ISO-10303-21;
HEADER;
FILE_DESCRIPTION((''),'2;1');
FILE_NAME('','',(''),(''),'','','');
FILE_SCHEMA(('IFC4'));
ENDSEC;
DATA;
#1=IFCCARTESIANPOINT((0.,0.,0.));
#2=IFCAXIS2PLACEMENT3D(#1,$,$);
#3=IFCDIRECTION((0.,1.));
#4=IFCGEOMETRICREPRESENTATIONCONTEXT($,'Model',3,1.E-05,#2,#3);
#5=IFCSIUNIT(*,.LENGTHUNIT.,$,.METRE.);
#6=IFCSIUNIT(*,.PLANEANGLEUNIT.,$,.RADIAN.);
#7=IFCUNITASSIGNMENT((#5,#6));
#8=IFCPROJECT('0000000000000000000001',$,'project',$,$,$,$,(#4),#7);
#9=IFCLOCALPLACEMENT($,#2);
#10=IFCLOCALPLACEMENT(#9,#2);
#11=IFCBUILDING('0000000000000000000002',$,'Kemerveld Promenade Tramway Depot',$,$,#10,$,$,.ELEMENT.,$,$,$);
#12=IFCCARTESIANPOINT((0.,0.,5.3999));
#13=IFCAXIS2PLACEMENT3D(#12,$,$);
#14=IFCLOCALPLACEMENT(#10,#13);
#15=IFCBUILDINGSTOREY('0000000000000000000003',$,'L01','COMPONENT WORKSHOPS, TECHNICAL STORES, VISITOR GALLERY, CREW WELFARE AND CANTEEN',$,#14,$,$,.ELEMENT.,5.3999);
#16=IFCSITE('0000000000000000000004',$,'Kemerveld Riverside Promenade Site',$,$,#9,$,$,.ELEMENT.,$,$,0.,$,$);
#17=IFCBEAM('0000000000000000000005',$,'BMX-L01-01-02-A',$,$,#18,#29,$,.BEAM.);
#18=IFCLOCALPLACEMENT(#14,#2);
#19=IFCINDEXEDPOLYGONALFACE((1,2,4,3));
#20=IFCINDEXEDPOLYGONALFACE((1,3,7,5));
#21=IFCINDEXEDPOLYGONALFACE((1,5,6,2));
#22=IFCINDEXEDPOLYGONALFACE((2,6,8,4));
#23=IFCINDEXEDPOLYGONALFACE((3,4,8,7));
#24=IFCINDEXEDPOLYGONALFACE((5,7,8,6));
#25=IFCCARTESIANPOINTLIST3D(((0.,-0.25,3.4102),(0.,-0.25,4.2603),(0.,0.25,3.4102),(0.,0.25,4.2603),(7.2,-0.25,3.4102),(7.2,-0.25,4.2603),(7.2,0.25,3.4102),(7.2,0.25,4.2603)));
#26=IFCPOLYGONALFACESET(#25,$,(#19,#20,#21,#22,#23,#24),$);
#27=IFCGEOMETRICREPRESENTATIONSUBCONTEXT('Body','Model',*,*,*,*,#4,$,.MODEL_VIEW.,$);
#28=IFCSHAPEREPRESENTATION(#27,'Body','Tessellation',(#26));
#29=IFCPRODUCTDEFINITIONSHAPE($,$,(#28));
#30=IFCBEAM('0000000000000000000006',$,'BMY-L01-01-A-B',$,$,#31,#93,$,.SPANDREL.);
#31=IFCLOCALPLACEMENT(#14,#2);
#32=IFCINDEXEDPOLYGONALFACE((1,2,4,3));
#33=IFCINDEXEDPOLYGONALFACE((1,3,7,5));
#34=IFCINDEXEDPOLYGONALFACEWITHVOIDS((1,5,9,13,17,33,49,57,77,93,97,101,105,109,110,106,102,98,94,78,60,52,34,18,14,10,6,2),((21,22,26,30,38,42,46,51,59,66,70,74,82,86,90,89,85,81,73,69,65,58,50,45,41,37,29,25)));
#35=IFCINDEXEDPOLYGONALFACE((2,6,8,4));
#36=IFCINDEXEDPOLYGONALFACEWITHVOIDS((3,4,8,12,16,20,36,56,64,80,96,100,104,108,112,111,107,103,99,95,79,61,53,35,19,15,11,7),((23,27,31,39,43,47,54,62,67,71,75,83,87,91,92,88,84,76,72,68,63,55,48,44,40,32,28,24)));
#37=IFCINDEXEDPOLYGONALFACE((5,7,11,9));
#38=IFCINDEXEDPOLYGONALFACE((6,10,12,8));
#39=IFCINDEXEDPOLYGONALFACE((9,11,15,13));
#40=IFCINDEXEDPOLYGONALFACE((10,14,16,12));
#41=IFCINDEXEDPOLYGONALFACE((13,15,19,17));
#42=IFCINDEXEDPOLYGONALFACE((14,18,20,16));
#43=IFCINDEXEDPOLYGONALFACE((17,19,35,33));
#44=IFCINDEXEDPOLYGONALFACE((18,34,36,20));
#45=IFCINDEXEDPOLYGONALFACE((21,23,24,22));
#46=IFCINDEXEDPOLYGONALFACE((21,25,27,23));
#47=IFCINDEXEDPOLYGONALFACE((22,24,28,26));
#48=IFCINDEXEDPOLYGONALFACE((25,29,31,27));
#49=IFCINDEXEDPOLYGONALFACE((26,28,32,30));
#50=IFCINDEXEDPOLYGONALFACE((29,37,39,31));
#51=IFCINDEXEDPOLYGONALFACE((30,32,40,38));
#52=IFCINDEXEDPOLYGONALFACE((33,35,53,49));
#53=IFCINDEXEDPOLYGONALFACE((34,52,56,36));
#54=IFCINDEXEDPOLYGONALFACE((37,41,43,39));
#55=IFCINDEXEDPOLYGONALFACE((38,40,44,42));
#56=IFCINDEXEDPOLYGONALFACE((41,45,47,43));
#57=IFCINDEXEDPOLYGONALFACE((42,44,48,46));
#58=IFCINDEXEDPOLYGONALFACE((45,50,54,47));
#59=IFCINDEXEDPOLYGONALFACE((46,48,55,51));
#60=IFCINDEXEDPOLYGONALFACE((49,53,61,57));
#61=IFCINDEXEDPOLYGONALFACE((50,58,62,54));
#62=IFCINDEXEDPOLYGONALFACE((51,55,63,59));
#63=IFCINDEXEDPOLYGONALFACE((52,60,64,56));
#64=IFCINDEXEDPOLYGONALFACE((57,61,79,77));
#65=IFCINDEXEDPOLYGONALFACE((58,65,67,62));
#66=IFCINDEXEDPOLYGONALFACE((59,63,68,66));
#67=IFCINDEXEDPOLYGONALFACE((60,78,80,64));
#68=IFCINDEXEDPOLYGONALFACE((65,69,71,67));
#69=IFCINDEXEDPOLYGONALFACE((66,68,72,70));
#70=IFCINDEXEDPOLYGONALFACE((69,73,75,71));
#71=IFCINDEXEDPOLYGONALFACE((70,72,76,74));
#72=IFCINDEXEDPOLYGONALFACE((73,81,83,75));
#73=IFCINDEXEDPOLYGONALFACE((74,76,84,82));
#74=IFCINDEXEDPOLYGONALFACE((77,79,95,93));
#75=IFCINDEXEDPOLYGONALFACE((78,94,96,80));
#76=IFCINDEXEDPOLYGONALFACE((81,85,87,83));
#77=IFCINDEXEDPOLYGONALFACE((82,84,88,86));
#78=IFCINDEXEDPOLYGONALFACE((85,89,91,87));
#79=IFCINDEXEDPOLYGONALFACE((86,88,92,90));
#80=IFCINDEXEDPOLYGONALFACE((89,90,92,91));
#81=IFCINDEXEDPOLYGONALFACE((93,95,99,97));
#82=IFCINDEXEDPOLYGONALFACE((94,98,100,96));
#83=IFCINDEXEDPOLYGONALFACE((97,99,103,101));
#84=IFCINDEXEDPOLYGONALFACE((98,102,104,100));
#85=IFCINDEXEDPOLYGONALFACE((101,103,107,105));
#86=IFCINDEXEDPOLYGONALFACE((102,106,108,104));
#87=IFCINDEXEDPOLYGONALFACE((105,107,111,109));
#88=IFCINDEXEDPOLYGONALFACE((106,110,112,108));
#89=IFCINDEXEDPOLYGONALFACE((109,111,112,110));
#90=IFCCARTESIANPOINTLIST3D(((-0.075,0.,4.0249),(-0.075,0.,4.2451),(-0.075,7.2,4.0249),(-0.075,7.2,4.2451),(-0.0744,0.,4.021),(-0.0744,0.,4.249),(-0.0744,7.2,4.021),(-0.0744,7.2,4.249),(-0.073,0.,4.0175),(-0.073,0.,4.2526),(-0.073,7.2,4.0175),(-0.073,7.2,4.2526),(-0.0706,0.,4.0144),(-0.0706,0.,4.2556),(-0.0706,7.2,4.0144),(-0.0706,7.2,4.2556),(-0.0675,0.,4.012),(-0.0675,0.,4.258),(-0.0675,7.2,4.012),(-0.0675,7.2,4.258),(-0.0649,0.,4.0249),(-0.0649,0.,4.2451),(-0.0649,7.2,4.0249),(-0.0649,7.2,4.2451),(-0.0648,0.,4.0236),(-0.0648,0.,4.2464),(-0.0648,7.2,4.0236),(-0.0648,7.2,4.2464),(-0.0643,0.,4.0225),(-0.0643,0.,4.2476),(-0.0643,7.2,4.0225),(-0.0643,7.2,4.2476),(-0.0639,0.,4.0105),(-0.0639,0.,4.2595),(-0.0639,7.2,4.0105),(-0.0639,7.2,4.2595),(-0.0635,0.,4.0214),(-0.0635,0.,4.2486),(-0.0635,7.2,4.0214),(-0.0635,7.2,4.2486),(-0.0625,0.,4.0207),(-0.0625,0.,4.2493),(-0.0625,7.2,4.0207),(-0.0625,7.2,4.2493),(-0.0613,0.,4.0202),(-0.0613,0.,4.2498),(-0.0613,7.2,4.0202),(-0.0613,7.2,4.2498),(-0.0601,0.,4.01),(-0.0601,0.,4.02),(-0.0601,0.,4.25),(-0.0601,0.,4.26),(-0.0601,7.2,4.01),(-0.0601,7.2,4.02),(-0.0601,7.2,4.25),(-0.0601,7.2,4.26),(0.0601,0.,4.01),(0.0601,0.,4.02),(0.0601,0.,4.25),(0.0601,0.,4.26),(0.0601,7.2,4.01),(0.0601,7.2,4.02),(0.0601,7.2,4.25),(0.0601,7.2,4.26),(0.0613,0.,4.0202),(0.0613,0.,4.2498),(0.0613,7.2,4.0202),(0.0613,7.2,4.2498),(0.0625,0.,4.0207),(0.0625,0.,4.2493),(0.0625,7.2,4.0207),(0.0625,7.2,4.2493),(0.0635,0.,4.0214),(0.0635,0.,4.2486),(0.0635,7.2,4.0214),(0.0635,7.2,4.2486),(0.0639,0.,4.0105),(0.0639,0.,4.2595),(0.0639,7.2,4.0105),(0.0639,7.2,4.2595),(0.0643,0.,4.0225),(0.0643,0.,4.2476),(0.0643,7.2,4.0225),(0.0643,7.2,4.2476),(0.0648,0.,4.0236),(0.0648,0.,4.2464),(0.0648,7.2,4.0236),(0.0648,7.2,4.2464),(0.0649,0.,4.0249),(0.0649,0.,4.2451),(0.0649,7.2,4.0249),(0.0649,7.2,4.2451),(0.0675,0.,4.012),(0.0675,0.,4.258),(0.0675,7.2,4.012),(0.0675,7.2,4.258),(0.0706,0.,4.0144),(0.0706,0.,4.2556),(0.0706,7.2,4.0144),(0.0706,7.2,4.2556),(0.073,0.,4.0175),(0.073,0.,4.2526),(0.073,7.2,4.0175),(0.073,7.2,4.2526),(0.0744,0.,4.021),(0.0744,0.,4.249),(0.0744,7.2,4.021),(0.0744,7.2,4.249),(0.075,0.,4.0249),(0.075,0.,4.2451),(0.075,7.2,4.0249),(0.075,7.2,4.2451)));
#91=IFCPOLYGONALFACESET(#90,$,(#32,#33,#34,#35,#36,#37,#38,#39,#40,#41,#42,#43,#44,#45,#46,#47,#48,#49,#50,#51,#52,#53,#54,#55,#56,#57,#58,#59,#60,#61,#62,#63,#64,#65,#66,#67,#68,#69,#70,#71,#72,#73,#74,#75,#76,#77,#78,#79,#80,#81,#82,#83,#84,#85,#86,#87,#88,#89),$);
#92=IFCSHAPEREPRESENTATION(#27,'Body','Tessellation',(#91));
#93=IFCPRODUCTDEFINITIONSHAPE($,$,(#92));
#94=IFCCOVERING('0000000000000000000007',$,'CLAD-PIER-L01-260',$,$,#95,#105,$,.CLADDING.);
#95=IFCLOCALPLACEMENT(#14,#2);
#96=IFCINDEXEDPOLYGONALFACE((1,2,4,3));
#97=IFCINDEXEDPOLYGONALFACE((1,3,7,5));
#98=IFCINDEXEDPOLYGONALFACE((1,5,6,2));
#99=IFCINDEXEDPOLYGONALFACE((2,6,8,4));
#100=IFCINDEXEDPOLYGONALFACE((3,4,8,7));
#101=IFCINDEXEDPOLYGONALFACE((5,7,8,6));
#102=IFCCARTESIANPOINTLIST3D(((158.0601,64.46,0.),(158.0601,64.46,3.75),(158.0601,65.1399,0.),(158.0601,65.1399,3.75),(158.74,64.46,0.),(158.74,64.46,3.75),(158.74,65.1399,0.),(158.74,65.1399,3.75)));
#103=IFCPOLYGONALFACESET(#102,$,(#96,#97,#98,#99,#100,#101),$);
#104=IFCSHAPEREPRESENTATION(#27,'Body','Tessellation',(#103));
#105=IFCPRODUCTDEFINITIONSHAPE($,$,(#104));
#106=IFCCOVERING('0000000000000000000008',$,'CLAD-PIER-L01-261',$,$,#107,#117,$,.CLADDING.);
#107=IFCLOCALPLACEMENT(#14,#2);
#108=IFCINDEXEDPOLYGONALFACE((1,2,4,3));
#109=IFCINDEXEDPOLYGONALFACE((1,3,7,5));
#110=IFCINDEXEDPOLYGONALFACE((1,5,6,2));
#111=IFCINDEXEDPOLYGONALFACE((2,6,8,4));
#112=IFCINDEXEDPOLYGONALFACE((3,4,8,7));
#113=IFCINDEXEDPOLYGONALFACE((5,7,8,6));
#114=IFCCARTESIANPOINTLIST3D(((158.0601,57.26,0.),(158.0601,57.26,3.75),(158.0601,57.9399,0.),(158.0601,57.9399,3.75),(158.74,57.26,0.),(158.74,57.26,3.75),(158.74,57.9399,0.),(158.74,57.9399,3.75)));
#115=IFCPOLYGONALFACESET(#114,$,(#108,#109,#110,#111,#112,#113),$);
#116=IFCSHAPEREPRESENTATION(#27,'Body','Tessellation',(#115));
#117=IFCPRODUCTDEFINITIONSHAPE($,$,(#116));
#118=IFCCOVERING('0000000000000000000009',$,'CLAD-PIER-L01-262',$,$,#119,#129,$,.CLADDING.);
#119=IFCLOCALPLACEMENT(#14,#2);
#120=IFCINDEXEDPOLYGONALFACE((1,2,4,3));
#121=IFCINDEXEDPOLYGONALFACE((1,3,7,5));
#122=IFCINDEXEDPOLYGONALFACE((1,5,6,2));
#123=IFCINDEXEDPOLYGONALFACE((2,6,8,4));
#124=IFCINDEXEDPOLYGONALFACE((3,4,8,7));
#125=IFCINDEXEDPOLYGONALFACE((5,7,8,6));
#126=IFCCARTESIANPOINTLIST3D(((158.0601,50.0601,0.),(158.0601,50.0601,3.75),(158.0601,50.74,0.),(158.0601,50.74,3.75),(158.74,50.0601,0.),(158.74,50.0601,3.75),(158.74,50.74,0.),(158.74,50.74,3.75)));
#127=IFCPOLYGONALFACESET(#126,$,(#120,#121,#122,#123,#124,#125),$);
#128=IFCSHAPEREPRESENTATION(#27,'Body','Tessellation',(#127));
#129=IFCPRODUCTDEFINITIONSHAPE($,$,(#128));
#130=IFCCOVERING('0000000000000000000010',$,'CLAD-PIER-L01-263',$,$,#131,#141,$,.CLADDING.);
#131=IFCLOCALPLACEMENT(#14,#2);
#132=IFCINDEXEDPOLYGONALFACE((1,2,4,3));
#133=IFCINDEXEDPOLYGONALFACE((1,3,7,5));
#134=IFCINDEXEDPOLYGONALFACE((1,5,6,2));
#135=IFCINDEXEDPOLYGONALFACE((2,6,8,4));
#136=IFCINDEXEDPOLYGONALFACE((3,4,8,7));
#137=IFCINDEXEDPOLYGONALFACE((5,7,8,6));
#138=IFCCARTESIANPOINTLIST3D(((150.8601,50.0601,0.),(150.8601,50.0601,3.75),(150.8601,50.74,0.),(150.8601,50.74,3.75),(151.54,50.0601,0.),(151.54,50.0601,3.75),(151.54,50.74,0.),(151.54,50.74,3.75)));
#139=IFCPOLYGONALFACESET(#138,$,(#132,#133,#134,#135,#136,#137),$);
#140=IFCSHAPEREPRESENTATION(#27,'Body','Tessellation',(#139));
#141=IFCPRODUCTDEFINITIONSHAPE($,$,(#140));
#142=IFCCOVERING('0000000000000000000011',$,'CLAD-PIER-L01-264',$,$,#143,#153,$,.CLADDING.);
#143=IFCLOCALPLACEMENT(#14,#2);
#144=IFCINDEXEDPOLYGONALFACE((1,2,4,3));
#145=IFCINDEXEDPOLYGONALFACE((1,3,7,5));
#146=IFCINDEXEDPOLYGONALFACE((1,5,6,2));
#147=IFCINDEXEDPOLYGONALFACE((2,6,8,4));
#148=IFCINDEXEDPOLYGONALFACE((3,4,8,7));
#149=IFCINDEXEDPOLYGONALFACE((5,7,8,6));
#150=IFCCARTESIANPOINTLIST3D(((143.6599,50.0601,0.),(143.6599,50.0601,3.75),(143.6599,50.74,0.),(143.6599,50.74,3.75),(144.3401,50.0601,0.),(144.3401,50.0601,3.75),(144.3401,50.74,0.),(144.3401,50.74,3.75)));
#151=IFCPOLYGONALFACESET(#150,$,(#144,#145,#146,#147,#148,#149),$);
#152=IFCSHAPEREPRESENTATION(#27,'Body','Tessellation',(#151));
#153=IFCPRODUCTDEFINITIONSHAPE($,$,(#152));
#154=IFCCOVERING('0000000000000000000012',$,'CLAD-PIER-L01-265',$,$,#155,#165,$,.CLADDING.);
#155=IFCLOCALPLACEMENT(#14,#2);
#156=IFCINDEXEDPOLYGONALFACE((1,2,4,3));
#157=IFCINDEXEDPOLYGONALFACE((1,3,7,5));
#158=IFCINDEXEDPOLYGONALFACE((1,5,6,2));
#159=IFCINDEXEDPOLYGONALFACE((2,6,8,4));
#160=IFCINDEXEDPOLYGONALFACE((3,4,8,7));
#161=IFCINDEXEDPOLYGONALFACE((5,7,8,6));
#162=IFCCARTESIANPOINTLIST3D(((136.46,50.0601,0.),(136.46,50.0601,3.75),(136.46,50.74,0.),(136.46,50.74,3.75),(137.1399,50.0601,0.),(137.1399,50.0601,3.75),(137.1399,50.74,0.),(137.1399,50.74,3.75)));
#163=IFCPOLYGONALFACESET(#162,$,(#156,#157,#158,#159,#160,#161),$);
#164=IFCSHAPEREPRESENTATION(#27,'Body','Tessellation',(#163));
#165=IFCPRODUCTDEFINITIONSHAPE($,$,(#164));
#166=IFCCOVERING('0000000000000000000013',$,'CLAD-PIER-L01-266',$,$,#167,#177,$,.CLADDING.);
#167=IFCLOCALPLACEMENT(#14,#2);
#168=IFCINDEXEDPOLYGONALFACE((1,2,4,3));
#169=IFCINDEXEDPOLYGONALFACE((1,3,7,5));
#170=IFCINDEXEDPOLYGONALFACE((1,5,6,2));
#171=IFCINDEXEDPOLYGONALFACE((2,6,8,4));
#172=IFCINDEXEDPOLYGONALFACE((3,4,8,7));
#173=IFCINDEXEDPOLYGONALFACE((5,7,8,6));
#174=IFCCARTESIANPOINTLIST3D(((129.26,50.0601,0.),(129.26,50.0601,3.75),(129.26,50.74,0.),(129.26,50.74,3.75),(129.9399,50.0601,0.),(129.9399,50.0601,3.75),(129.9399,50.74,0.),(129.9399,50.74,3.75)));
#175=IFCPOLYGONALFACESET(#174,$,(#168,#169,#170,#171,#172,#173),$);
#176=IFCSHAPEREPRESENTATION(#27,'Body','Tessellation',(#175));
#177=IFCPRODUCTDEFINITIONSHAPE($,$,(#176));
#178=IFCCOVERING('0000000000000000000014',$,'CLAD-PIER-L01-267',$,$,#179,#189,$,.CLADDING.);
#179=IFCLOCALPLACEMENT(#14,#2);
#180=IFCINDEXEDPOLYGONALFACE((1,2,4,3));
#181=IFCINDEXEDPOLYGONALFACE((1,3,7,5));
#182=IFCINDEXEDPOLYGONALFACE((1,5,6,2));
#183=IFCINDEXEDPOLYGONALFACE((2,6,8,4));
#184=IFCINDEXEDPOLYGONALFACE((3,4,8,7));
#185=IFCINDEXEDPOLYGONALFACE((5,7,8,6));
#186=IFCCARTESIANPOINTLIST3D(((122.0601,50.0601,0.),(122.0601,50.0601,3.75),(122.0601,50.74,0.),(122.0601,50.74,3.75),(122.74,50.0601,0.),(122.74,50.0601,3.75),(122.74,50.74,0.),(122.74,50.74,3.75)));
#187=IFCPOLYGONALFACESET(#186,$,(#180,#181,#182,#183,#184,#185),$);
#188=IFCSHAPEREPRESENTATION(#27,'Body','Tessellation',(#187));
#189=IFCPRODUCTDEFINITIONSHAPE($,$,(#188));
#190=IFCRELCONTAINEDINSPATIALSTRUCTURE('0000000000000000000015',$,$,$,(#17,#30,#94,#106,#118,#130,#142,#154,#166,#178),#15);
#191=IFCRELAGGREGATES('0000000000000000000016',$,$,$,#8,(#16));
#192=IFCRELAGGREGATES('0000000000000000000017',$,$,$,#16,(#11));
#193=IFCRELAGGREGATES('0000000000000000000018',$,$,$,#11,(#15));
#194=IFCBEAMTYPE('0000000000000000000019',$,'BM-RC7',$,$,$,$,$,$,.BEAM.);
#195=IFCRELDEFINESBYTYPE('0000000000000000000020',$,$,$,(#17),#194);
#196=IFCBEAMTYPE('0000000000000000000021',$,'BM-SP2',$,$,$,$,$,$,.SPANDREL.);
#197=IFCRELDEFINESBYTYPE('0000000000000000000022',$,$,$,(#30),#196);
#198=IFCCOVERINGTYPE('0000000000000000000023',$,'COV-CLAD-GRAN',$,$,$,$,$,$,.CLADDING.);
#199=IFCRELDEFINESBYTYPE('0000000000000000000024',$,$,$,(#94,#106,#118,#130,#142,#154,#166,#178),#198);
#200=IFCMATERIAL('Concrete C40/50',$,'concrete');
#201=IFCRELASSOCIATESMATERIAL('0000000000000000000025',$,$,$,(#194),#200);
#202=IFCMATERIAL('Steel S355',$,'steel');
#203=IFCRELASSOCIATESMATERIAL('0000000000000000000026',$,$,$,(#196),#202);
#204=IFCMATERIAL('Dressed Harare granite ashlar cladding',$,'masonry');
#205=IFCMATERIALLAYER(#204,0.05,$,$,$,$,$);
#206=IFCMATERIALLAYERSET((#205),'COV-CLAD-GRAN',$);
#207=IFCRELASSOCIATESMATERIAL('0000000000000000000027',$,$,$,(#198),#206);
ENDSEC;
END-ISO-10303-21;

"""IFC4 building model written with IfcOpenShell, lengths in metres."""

from ifc_helpers import new_model, si_unit, direction, frame, origin, origin_2d, place, context, subcontext, project, spatial, polyline, rectangle, hollow_rectangle, outline, extrude, material, layer, layer_set, material_profile, profile_set, type_object, element, save


model = new_model("IFC4")

# Units and contexts
model_context = context("Model", 3, precision=1e-05, world=origin(), true_north=direction((0.0, 1.0)))
body_context = subcontext(model_context, "Body", "Model", "MODEL_VIEW")
ifc_project = project(units=[si_unit("LENGTHUNIT", "METRE"), si_unit("PLANEANGLEUNIT", "RADIAN")], contexts=[model_context])

# Site, building, storey
site_placement = place(None, origin())
site = spatial("IfcSite", under=ifc_project, at=site_placement, Name="Kemerveld Riverside Promenade Site", CompositionType="ELEMENT", RefElevation=0.0)
building_placement = place(site_placement, origin())
building = spatial("IfcBuilding", under=site, at=building_placement, Name="Kemerveld Promenade Tramway Depot", CompositionType="ELEMENT")
storey_placement = place(building_placement, frame((0.0, 0.0, 5.3999)))
storey = spatial("IfcBuildingStorey", under=building, at=storey_placement, Name="L01", Description="COMPONENT WORKSHOPS, TECHNICAL STORES, VISITOR GALLERY, CREW WELFARE AND CANTEEN", CompositionType="ELEMENT", Elevation=5.3999)

# Beams
ifc_material_1 = material(Name="Concrete C40/50", Category="concrete")
ifc_material_profile_1 = material_profile(ifc_material_1, rectangle(XDim=0.5, YDim=0.8501, at=origin_2d()), Name="RC-BM-500x850")
ifc_profile_set_1 = profile_set([ifc_material_profile_1], Name="Concrete C40/50")
beam_type_1 = type_object("IfcBeamType", Name="BM-RC7", PredefinedType="BEAM", material=ifc_profile_set_1)
beam_1_placement = place(storey_placement, frame((0.0, 0.0, 3.8352), z_axis=(1.0, 0.0, 0.0), x_axis=(0.0, 1.0, 0.0)))
element("IfcBeam", 1, at=beam_1_placement, inside=storey, type_object=beam_type_1, Name="BMX-L01-01-02-A", PredefinedType="BEAM", context=body_context, shape_type="SweptSolid", body=[
    extrude(rectangle(XDim=0.5, YDim=0.8501, at=origin_2d()), origin(), (0.0, 0.0, 1.0), 7.2),
])
ifc_material_2 = material(Name="Steel S355", Category="steel")
ifc_material_profile_2 = material_profile(ifc_material_2, hollow_rectangle(XDim=0.1499, YDim=0.25, WallThickness=0.01, InnerFilletRadius=0.0049, OuterFilletRadius=0.0149, at=origin_2d()), Name="250x150x10.0 RHS")
ifc_profile_set_2 = profile_set([ifc_material_profile_2], Name="Steel S355")
beam_type_2 = type_object("IfcBeamType", Name="BM-SP2", PredefinedType="SPANDREL", material=ifc_profile_set_2)
beam_2_placement = place(storey_placement, frame((0.0, 0.0, 4.135), z_axis=(0.0, 1.0, 0.0), x_axis=(-1.0, 0.0, 0.0)))
element("IfcBeam", 2, at=beam_2_placement, inside=storey, type_object=beam_type_2, Name="BMY-L01-01-A-B", PredefinedType="SPANDREL", context=body_context, shape_type="SweptSolid", body=[
    extrude(hollow_rectangle(XDim=0.1499, YDim=0.25, WallThickness=0.01, InnerFilletRadius=0.0049, OuterFilletRadius=0.0149, at=origin_2d()), origin(), (0.0, 0.0, 1.0), 7.2),
])

# Coverings
ifc_material_3 = material(Name="Dressed Harare granite ashlar cladding", Category="masonry")
ifc_layer = layer(ifc_material_3, 0.05)
ifc_layer_set = layer_set([ifc_layer], Name="COV-CLAD-GRAN")
covering_type = type_object("IfcCoveringType", Name="COV-CLAD-GRAN", PredefinedType="CLADDING", material=ifc_layer_set)
covering_1_placement = place(storey_placement, origin())
element("IfcCovering", 3, at=covering_1_placement, inside=storey, type_object=covering_type, Name="CLAD-PIER-L01-260", PredefinedType="CLADDING", context=body_context, shape_type="SweptSolid", body=[
    extrude(outline(polyline([(158.0601, 64.46), (158.74, 64.46), (158.74, 65.1399), (158.0601, 65.1399), (158.0601, 64.46)])), origin(), (0.0, 0.0, 1.0), 3.75),
])
covering_2_placement = place(storey_placement, origin())
element("IfcCovering", 4, at=covering_2_placement, inside=storey, type_object=covering_type, Name="CLAD-PIER-L01-261", PredefinedType="CLADDING", context=body_context, shape_type="SweptSolid", body=[
    extrude(outline(polyline([(158.0601, 57.26), (158.74, 57.26), (158.74, 57.9399), (158.0601, 57.9399), (158.0601, 57.26)])), origin(), (0.0, 0.0, 1.0), 3.75),
])
covering_3_placement = place(storey_placement, origin())
element("IfcCovering", 5, at=covering_3_placement, inside=storey, type_object=covering_type, Name="CLAD-PIER-L01-262", PredefinedType="CLADDING", context=body_context, shape_type="SweptSolid", body=[
    extrude(outline(polyline([(158.0601, 50.0601), (158.74, 50.0601), (158.74, 50.74), (158.0601, 50.74), (158.0601, 50.0601)])), origin(), (0.0, 0.0, 1.0), 3.75),
])
covering_4_placement = place(storey_placement, origin())
element("IfcCovering", 6, at=covering_4_placement, inside=storey, type_object=covering_type, Name="CLAD-PIER-L01-263", PredefinedType="CLADDING", context=body_context, shape_type="SweptSolid", body=[
    extrude(outline(polyline([(150.8601, 50.0601), (151.54, 50.0601), (151.54, 50.74), (150.8601, 50.74), (150.8601, 50.0601)])), origin(), (0.0, 0.0, 1.0), 3.75),
])
covering_5_placement = place(storey_placement, origin())
element("IfcCovering", 7, at=covering_5_placement, inside=storey, type_object=covering_type, Name="CLAD-PIER-L01-264", PredefinedType="CLADDING", context=body_context, shape_type="SweptSolid", body=[
    extrude(outline(polyline([(143.6599, 50.0601), (144.3401, 50.0601), (144.3401, 50.74), (143.6599, 50.74), (143.6599, 50.0601)])), origin(), (0.0, 0.0, 1.0), 3.75),
])
covering_6_placement = place(storey_placement, origin())
element("IfcCovering", 8, at=covering_6_placement, inside=storey, type_object=covering_type, Name="CLAD-PIER-L01-265", PredefinedType="CLADDING", context=body_context, shape_type="SweptSolid", body=[
    extrude(outline(polyline([(136.46, 50.0601), (137.1399, 50.0601), (137.1399, 50.74), (136.46, 50.74), (136.46, 50.0601)])), origin(), (0.0, 0.0, 1.0), 3.75),
])
covering_7_placement = place(storey_placement, origin())
element("IfcCovering", 9, at=covering_7_placement, inside=storey, type_object=covering_type, Name="CLAD-PIER-L01-266", PredefinedType="CLADDING", context=body_context, shape_type="SweptSolid", body=[
    extrude(outline(polyline([(129.26, 50.0601), (129.9399, 50.0601), (129.9399, 50.74), (129.26, 50.74), (129.26, 50.0601)])), origin(), (0.0, 0.0, 1.0), 3.75),
])
covering_8_placement = place(storey_placement, origin())
element("IfcCovering", 10, at=covering_8_placement, inside=storey, type_object=covering_type, Name="CLAD-PIER-L01-267", PredefinedType="CLADDING", context=body_context, shape_type="SweptSolid", body=[
    extrude(outline(polyline([(122.0601, 50.0601), (122.74, 50.0601), (122.74, 50.74), (122.0601, 50.74), (122.0601, 50.0601)])), origin(), (0.0, 0.0, 1.0), 3.75),
])

save(model, "model.ifc")
